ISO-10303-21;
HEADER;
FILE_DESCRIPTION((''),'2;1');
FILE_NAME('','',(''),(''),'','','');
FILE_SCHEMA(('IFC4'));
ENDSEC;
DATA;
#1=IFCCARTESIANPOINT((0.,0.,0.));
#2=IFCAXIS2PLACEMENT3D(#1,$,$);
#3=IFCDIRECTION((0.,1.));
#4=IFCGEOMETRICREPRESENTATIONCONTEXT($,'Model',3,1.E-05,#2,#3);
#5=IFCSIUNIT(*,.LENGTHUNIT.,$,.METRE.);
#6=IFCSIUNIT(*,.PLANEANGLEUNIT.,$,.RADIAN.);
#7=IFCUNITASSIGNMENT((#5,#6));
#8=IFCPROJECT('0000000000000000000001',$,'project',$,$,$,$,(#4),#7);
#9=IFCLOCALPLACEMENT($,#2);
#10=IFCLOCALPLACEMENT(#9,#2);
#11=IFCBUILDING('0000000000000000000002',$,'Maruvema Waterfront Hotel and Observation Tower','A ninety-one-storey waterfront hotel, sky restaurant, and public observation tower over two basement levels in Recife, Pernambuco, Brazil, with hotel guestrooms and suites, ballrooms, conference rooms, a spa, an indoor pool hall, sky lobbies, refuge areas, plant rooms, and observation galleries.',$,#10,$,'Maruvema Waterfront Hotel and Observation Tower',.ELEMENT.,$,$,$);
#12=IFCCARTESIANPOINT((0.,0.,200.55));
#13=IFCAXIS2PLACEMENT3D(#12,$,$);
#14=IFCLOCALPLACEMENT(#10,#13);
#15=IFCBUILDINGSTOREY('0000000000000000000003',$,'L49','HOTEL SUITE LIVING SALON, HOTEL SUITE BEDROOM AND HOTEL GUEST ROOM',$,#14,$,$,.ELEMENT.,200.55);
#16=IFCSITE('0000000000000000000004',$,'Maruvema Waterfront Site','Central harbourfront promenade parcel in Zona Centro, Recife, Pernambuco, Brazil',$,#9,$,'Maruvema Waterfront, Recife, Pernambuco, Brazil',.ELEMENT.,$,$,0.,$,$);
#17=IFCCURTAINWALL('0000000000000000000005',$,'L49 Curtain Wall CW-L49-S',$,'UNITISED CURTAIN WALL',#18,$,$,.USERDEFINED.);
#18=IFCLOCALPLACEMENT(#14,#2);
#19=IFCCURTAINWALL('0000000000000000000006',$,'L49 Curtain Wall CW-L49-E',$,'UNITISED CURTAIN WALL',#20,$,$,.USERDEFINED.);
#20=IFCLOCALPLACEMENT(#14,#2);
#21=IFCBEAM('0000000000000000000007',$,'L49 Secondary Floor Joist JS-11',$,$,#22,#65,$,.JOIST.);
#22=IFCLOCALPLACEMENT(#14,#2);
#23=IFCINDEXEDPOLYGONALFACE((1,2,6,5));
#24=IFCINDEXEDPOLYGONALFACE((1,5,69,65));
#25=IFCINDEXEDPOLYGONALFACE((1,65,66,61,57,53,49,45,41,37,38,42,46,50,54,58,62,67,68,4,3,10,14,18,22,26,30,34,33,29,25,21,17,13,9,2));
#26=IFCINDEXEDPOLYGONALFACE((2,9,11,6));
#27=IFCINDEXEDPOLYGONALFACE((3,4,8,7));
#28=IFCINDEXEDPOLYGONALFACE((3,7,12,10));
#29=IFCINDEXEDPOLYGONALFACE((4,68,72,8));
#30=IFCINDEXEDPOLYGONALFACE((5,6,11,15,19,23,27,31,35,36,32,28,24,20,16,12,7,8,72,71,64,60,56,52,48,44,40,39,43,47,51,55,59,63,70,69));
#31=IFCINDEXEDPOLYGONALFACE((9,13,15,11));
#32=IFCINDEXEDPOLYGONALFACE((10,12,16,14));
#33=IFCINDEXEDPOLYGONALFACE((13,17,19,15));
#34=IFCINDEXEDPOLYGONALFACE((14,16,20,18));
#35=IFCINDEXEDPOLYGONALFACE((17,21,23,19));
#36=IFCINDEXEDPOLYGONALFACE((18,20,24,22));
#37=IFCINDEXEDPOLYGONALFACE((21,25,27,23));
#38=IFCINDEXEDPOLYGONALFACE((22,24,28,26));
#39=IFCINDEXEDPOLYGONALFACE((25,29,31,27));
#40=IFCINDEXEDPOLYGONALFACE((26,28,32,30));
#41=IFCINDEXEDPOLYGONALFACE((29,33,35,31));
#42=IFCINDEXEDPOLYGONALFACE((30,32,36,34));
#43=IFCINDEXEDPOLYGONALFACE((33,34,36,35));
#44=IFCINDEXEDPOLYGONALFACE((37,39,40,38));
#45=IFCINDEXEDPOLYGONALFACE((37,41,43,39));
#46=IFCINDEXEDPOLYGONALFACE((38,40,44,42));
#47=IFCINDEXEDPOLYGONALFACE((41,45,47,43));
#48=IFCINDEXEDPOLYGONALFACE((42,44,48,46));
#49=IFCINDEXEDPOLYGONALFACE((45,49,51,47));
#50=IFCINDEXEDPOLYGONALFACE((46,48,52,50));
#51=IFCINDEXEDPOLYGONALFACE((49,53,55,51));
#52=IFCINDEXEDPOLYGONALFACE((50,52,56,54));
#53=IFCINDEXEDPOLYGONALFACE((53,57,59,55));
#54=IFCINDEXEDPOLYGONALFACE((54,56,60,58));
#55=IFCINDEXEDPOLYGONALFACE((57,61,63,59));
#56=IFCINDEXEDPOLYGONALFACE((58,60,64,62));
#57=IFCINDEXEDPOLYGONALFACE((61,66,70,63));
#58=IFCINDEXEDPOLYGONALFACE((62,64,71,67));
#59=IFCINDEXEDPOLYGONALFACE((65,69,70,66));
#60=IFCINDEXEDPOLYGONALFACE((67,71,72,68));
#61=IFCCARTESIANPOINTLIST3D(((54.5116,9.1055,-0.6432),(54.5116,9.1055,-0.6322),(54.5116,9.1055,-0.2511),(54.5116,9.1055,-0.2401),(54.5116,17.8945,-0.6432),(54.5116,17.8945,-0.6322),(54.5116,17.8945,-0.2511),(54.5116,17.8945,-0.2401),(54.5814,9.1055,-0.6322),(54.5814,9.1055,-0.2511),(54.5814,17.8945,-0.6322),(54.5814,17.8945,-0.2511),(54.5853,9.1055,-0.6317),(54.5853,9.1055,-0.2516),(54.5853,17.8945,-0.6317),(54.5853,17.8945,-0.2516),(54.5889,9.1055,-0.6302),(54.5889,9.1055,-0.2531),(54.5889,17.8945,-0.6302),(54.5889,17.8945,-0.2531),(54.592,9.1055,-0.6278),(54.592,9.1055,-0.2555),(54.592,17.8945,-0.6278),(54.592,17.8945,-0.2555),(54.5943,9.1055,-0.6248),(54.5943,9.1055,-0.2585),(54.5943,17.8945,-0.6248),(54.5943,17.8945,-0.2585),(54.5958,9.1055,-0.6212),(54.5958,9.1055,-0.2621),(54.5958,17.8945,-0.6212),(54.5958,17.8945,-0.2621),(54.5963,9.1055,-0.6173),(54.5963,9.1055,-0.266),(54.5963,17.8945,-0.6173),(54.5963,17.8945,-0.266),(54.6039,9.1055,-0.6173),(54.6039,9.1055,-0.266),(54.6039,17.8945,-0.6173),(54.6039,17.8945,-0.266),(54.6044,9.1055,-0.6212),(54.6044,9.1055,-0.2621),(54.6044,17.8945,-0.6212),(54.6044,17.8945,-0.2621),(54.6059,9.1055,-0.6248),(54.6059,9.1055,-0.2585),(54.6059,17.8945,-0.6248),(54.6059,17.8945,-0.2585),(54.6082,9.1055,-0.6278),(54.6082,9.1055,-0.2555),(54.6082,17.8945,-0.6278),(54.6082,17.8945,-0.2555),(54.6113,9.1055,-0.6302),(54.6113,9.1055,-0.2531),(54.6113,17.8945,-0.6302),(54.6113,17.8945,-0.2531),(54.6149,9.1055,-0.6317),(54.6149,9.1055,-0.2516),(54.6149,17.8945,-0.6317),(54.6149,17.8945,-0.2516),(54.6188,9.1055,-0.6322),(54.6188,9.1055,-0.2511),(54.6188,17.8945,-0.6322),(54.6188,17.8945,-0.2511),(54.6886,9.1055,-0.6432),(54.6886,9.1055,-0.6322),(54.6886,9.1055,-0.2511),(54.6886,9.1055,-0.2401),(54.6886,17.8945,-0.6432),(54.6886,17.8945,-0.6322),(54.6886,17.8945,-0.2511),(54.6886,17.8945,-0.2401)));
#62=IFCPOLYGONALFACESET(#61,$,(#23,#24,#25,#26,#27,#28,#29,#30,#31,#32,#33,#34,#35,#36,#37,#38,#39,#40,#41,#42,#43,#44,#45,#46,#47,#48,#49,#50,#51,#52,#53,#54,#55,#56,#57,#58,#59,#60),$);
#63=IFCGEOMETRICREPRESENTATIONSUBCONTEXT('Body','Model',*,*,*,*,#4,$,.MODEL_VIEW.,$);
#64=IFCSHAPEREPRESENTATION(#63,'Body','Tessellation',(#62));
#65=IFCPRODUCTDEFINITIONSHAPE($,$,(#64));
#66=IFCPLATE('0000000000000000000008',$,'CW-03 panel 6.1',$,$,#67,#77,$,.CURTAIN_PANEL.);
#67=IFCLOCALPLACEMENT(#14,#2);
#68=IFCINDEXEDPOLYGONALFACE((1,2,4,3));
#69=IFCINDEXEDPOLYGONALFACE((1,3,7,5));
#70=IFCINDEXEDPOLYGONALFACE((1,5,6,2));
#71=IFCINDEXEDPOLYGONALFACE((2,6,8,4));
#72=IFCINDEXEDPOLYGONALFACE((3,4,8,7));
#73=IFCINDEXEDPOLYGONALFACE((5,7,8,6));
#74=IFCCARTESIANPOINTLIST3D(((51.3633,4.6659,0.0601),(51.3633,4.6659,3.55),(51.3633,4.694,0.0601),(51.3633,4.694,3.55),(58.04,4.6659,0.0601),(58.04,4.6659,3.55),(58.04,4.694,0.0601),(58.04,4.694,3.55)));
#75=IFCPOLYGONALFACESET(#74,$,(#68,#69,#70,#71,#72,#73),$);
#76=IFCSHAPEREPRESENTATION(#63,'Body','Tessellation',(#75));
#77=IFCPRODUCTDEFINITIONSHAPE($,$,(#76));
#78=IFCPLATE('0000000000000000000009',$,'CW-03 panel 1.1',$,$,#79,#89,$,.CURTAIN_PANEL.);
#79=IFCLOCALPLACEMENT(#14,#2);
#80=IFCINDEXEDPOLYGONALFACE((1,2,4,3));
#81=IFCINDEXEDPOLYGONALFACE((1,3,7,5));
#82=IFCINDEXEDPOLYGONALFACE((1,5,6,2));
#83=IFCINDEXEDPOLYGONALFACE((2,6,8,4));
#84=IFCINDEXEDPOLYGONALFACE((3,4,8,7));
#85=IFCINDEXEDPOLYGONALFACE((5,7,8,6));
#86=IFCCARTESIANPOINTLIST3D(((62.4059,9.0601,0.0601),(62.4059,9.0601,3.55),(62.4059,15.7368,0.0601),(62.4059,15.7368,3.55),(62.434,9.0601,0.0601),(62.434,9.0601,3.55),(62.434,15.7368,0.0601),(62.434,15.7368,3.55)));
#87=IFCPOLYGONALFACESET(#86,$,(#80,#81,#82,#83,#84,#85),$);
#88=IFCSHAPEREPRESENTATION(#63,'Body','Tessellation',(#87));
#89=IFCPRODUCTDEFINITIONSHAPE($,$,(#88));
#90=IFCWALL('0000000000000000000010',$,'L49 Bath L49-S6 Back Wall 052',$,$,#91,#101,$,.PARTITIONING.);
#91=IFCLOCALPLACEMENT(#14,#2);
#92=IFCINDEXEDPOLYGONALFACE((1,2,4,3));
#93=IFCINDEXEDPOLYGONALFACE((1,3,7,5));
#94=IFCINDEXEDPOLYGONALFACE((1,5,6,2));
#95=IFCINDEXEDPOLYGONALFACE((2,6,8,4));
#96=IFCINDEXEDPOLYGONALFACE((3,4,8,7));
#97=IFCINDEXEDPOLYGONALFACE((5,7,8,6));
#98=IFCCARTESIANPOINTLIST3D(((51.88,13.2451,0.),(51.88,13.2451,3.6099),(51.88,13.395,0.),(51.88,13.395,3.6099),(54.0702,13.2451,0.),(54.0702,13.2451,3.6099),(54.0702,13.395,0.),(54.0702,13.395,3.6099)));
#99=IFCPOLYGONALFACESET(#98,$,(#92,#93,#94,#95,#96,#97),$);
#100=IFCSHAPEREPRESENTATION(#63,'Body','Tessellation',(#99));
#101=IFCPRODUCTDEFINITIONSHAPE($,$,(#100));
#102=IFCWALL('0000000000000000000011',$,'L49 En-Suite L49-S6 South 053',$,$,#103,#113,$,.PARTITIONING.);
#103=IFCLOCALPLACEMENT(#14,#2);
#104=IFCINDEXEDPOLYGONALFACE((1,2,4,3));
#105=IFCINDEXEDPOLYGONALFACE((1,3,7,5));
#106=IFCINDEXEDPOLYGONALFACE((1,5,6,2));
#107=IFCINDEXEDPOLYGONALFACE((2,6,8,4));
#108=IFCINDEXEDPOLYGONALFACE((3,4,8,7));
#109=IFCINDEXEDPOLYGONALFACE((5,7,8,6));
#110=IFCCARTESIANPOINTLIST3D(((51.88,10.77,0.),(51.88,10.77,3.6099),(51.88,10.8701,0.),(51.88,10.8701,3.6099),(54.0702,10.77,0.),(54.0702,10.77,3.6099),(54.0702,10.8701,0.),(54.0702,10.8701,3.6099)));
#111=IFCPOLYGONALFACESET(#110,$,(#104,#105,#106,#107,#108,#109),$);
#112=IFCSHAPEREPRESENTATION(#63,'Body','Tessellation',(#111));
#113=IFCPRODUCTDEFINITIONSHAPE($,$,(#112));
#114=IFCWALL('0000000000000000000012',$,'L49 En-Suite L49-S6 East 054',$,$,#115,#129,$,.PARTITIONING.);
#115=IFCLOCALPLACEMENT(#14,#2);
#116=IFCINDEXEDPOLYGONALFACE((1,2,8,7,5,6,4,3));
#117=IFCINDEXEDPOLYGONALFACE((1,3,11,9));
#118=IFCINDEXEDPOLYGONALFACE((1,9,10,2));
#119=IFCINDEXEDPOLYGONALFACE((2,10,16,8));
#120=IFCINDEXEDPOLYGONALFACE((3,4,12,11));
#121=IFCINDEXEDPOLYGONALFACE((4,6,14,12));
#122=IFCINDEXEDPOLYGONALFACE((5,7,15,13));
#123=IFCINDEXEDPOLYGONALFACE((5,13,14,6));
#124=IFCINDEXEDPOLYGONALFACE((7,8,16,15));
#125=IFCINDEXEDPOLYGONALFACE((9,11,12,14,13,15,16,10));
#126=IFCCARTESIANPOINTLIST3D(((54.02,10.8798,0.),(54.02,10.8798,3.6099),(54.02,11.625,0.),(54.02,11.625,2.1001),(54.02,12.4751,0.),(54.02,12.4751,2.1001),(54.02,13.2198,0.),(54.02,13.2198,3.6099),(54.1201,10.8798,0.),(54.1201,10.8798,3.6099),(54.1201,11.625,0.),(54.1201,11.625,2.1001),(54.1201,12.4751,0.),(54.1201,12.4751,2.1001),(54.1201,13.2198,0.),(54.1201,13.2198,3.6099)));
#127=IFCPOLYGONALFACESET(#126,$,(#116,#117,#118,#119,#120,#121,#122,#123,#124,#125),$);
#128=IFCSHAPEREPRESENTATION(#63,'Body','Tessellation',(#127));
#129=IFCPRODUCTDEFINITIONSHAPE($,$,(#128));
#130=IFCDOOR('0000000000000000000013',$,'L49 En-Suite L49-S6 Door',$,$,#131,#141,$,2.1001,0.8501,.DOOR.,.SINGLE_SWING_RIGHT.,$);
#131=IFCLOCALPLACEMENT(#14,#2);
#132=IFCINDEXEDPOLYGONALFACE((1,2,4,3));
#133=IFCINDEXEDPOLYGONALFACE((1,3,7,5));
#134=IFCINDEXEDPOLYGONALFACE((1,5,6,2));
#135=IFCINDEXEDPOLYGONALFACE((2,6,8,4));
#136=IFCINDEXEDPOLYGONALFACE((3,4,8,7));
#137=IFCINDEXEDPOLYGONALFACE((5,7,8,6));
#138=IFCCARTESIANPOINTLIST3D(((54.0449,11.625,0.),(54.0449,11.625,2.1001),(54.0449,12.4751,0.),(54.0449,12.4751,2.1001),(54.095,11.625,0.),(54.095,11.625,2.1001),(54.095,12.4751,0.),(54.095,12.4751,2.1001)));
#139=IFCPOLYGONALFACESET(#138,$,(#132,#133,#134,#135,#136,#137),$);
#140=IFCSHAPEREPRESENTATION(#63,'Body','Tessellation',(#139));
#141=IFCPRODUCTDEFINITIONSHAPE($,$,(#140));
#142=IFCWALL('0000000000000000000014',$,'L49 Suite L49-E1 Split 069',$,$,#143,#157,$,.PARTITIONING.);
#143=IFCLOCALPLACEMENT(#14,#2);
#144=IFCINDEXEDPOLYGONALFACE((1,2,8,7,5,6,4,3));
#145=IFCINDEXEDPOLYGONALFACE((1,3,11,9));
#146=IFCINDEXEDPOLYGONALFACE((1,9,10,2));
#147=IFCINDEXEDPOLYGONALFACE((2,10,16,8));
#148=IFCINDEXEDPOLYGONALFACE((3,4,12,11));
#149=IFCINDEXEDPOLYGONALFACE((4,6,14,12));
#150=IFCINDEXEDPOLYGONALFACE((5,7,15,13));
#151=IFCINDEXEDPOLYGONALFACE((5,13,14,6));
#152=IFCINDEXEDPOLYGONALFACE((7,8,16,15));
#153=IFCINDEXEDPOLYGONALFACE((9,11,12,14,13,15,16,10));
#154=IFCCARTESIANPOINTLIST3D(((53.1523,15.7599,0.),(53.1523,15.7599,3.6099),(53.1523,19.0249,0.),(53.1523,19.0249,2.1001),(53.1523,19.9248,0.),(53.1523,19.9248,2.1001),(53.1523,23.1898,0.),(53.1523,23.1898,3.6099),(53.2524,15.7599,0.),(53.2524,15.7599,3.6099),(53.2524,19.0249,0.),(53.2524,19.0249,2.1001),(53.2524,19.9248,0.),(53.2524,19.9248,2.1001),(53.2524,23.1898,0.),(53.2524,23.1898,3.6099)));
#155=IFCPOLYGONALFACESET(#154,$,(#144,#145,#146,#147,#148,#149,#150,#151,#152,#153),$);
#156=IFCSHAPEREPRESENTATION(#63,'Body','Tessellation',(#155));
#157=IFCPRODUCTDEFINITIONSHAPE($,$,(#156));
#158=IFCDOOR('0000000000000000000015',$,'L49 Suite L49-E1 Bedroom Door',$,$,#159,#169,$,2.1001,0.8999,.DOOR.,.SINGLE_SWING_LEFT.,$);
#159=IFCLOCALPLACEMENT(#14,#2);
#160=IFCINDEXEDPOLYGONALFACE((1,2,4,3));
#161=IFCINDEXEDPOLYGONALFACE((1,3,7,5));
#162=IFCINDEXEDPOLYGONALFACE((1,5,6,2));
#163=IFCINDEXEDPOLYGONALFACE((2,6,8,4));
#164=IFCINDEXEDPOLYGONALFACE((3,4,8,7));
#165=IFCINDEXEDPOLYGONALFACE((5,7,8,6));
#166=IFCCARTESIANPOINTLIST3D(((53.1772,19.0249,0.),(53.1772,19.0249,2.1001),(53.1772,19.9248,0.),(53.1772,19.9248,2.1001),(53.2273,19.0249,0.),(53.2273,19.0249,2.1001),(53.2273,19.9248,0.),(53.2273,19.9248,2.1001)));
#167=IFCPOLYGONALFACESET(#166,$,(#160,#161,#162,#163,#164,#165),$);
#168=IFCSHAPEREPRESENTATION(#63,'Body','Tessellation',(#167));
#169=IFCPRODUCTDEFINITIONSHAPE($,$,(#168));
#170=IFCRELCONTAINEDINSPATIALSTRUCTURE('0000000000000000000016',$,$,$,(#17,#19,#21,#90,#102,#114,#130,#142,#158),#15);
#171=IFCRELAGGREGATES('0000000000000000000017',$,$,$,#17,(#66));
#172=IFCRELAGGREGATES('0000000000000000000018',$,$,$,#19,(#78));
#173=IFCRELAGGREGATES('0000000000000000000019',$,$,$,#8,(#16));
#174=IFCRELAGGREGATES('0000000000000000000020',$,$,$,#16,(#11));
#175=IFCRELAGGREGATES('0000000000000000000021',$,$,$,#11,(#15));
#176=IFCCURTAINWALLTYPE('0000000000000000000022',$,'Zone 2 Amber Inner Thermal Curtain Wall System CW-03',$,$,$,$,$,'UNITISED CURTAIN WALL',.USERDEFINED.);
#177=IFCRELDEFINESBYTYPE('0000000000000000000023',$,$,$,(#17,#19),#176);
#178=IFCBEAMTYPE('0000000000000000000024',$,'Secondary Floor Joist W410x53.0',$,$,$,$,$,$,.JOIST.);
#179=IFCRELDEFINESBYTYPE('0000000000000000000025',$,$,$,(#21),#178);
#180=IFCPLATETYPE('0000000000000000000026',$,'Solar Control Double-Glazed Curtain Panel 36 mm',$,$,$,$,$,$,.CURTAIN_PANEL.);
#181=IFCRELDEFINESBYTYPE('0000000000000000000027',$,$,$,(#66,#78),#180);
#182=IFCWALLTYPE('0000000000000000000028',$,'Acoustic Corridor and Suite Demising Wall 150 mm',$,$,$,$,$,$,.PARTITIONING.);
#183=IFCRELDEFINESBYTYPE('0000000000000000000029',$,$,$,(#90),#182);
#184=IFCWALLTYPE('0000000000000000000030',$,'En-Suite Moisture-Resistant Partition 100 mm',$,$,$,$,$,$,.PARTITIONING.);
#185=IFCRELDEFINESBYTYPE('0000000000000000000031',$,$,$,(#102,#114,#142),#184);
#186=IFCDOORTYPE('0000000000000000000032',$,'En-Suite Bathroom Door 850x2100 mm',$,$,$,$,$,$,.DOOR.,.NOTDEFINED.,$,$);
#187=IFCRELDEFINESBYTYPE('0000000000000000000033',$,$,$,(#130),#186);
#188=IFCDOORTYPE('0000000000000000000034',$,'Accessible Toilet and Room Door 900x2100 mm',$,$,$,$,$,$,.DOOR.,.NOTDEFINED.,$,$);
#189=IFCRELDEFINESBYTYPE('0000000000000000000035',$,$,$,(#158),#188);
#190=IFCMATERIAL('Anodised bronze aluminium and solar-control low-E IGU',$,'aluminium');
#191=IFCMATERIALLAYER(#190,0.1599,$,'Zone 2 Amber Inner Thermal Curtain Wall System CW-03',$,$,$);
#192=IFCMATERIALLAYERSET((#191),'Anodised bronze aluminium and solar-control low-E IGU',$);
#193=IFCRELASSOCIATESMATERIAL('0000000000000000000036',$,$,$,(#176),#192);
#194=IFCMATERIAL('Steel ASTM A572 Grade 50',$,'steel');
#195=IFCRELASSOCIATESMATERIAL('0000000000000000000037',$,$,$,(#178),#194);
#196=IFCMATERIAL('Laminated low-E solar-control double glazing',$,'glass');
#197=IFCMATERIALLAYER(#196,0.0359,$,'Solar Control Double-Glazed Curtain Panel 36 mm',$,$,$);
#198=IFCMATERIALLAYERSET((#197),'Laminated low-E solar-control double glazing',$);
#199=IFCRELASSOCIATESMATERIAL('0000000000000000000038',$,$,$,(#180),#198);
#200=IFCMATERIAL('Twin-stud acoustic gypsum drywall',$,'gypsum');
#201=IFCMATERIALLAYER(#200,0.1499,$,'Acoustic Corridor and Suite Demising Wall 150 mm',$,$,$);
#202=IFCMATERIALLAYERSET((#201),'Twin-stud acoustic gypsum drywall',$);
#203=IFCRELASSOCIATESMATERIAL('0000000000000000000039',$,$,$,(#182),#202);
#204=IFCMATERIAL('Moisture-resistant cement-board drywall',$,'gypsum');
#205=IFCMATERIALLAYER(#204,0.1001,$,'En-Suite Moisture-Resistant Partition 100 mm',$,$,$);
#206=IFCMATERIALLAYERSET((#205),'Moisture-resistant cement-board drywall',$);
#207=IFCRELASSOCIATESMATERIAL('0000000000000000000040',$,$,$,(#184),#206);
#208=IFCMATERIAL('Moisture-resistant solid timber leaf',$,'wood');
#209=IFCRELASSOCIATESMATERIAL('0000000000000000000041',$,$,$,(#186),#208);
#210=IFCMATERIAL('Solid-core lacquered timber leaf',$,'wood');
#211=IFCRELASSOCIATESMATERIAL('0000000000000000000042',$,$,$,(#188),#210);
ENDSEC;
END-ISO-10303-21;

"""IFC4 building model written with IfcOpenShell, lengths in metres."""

from ifc_helpers import new_model, si_unit, direction, frame, frame_2d, origin, origin_2d, place, context, subcontext, project, spatial, rectangle, i_section, extrude, material, layer, layer_set, material_profile, profile_set, type_object, element, fill, aggregate, save


model = new_model("IFC4")

# Units and contexts
model_context = context("Model", 3, precision=1e-05, world=origin(), true_north=direction((0.0, 1.0)))
body_context = subcontext(model_context, "Body", "Model", "MODEL_VIEW")
ifc_project = project(units=[si_unit("LENGTHUNIT", "METRE"), si_unit("PLANEANGLEUNIT", "RADIAN")], contexts=[model_context])

# Site, building, storey
site_placement = place(None, origin())
site = spatial("IfcSite", under=ifc_project, at=site_placement, Name="Maruvema Waterfront Site", Description="Central harbourfront promenade parcel in Zona Centro, Recife, Pernambuco, Brazil", LongName="Maruvema Waterfront, Recife, Pernambuco, Brazil", CompositionType="ELEMENT", RefElevation=0.0)
building_placement = place(site_placement, origin())
building = spatial("IfcBuilding", under=site, at=building_placement, Name="Maruvema Waterfront Hotel and Observation Tower", Description="A ninety-one-storey waterfront hotel, sky restaurant, and public observation tower over two basement levels in Recife, Pernambuco, Brazil, with hotel guestrooms and suites, ballrooms, conference rooms, a spa, an indoor pool hall, sky lobbies, refuge areas, plant rooms, and observation galleries.", LongName="Maruvema Waterfront Hotel and Observation Tower", CompositionType="ELEMENT")
storey_placement = place(building_placement, frame((0.0, 0.0, 200.55)))
storey = spatial("IfcBuildingStorey", under=building, at=storey_placement, Name="L49", Description="HOTEL SUITE LIVING SALON, HOTEL SUITE BEDROOM AND HOTEL GUEST ROOM", CompositionType="ELEMENT", Elevation=200.55)

# Curtain walls
ifc_material_1 = material(Name="Anodised bronze aluminium and solar-control low-E IGU", Category="aluminium")
ifc_layer_1 = layer(ifc_material_1, 0.1599, Name="Zone 2 Amber Inner Thermal Curtain Wall System CW-03")
ifc_layer_set_1 = layer_set([ifc_layer_1], Name="Anodised bronze aluminium and solar-control low-E IGU")
curtain_wall_type = type_object("IfcCurtainWallType", Name="Zone 2 Amber Inner Thermal Curtain Wall System CW-03", ElementType="UNITISED CURTAIN WALL", PredefinedType="USERDEFINED", material=ifc_layer_set_1)
curtain_wall_1_placement = place(storey_placement, origin())
curtain_wall_1 = element("IfcCurtainWall", 1, at=curtain_wall_1_placement, inside=storey, type_object=curtain_wall_type, Name="L49 Curtain Wall CW-L49-S", ObjectType="UNITISED CURTAIN WALL", PredefinedType="USERDEFINED")
curtain_wall_2_placement = place(storey_placement, origin())
curtain_wall_2 = element("IfcCurtainWall", 2, at=curtain_wall_2_placement, inside=storey, type_object=curtain_wall_type, Name="L49 Curtain Wall CW-L49-E", ObjectType="UNITISED CURTAIN WALL", PredefinedType="USERDEFINED")

# Beam
ifc_material_2 = material(Name="Steel ASTM A572 Grade 50", Category="steel")
ifc_material_profile_1 = material_profile(ifc_material_2, i_section(OverallWidth=0.177, OverallDepth=0.4031, WebThickness=0.0076, FlangeThickness=0.011, FilletRadius=0.0149, at=origin_2d()), Name="W410x53.0")
ifc_profile_set_1 = profile_set([ifc_material_profile_1], Name="Steel ASTM A572 Grade 50")
beam_type_1 = type_object("IfcBeamType", Name="Secondary Floor Joist W410x53.0", PredefinedType="JOIST", material=ifc_profile_set_1)
beam_1_placement = place(storey_placement, frame((54.6001, 9.1055, -0.4417), z_axis=(0.0, 1.0, 0.0), x_axis=(-1.0, 0.0, 0.0)))
element("IfcBeam", 3, at=beam_1_placement, inside=storey, type_object=beam_type_1, Name="L49 Secondary Floor Joist JS-11", PredefinedType="JOIST", context=body_context, shape_type="SweptSolid", body=[
    extrude(i_section(OverallWidth=0.177, OverallDepth=0.4031, WebThickness=0.0076, FlangeThickness=0.011, FilletRadius=0.0149, at=origin_2d()), origin(), (0.0, 0.0, 1.0), 8.7891),
])

# Plates
ifc_material_3 = material(Name="Laminated low-E solar-control double glazing", Category="glass")
ifc_layer_2 = layer(ifc_material_3, 0.0359, Name="Solar Control Double-Glazed Curtain Panel 36 mm")
ifc_layer_set_2 = layer_set([ifc_layer_2], Name="Laminated low-E solar-control double glazing")
plate_type = type_object("IfcPlateType", Name="Solar Control Double-Glazed Curtain Panel 36 mm", PredefinedType="CURTAIN_PANEL", material=ifc_layer_set_2)
plate_1_placement = place(storey_placement, frame((54.7017, 4.6799, 0.0601), z_axis=(0.0, 0.0, 1.0), x_axis=(1.0, 0.0, 0.0)))
plate_1 = element("IfcPlate", 4, at=plate_1_placement, type_object=plate_type, Name="CW-03 panel 6.1", PredefinedType="CURTAIN_PANEL", context=body_context, shape_type="SweptSolid", body=[
    extrude(rectangle(XDim=6.6768, YDim=0.0281, at=origin_2d()), origin(), (0.0, 0.0, 1.0), 3.49),
])
aggregate(curtain_wall_1, [plate_1])
plate_2_placement = place(storey_placement, frame((62.4199, 12.3984, 0.0601), z_axis=(0.0, 0.0, 1.0), x_axis=(0.0, 1.0, 0.0)))
plate_2 = element("IfcPlate", 5, at=plate_2_placement, type_object=plate_type, Name="CW-03 panel 1.1", PredefinedType="CURTAIN_PANEL", context=body_context, shape_type="SweptSolid", body=[
    extrude(rectangle(XDim=6.6768, YDim=0.0281, at=origin_2d()), origin(), (0.0, 0.0, 1.0), 3.49),
])
aggregate(curtain_wall_2, [plate_2])

# Wall
ifc_material_4 = material(Name="Twin-stud acoustic gypsum drywall", Category="gypsum")
ifc_layer_3 = layer(ifc_material_4, 0.1499, Name="Acoustic Corridor and Suite Demising Wall 150 mm")
ifc_layer_set_3 = layer_set([ifc_layer_3], Name="Twin-stud acoustic gypsum drywall")
wall_type_1 = type_object("IfcWallType", Name="Acoustic Corridor and Suite Demising Wall 150 mm", PredefinedType="PARTITIONING", material=ifc_layer_set_3)
wall_1_placement = place(storey_placement, frame((51.8799, 13.3201, 0.0), z_axis=(0.0, 0.0, 1.0), x_axis=(1.0, 0.0, 0.0)))
element("IfcWall", 6, at=wall_1_placement, inside=storey, type_object=wall_type_1, Name="L49 Bath L49-S6 Back Wall 052", PredefinedType="PARTITIONING", context=body_context, shape_type="SweptSolid", body=[
    extrude(rectangle(XDim=2.1902, YDim=0.1499, at=frame_2d((1.0952, 0.0))), origin(), (0.0, 0.0, 1.0), 3.6099),
])

# Wall
ifc_material_5 = material(Name="Moisture-resistant cement-board drywall", Category="gypsum")
ifc_layer_4 = layer(ifc_material_5, 0.1001, Name="En-Suite Moisture-Resistant Partition 100 mm")
ifc_layer_set_4 = layer_set([ifc_layer_4], Name="Moisture-resistant cement-board drywall")
wall_type_2 = type_object("IfcWallType", Name="En-Suite Moisture-Resistant Partition 100 mm", PredefinedType="PARTITIONING", material=ifc_layer_set_4)
wall_2_placement = place(storey_placement, frame((51.8799, 10.8201, 0.0), z_axis=(0.0, 0.0, 1.0), x_axis=(1.0, 0.0, 0.0)))
element("IfcWall", 7, at=wall_2_placement, inside=storey, type_object=wall_type_2, Name="L49 En-Suite L49-S6 South 053", PredefinedType="PARTITIONING", context=body_context, shape_type="SweptSolid", body=[
    extrude(rectangle(XDim=2.1902, YDim=0.1001, at=frame_2d((1.0952, 0.0))), origin(), (0.0, 0.0, 1.0), 3.6099),
])

# Walls, openings, doors
wall_3_placement = place(storey_placement, frame((54.0701, 10.8799, 0.0), z_axis=(0.0, 0.0, 1.0), x_axis=(0.0, 1.0, 0.0)))
wall_3 = element("IfcWall", 8, at=wall_3_placement, inside=storey, type_object=wall_type_2, Name="L49 En-Suite L49-S6 East 054", PredefinedType="PARTITIONING", context=body_context, shape_type="SweptSolid", body=[
    extrude(rectangle(XDim=2.3401, YDim=0.1001, at=frame_2d((1.1699, 0.0))), origin(), (0.0, 0.0, 1.0), 3.6099),
])
opening_1_placement = place(wall_3_placement, frame((0.7451, 0.0, 0.0)))
opening_1 = element("IfcOpeningElement", 9, at=opening_1_placement, cuts=wall_3, PredefinedType="OPENING", context=body_context, shape_type="SweptSolid", body=[
    extrude(rectangle(XDim=0.8501, YDim=2.1001, at=frame_2d((0.425, 1.05))), frame((0.0, 0.0601, 0.0), z_axis=(0.0, -1.0, 0.0), x_axis=(1.0, 0.0, 0.0)), (0.0, 0.0, 1.0), 0.1201),
])
ifc_material_6 = material(Name="Moisture-resistant solid timber leaf", Category="wood")
door_type_1 = type_object("IfcDoorType", Name="En-Suite Bathroom Door 850x2100 mm", OperationType="NOTDEFINED", PredefinedType="DOOR", material=ifc_material_6)
door_1_placement = place(opening_1_placement, frame((0.8501, 0.0, 0.0), z_axis=(0.0, 0.0, 1.0), x_axis=(-1.0, 0.0, 0.0)))
door_1 = element("IfcDoor", 10, at=door_1_placement, inside=storey, type_object=door_type_1, Name="L49 En-Suite L49-S6 Door", OperationType="SINGLE_SWING_RIGHT", OverallHeight=2.1001, OverallWidth=0.8501, PredefinedType="DOOR", context=body_context, shape_type="SweptSolid", body=[
    extrude(rectangle(XDim=0.8501, YDim=2.1001, at=frame_2d((0.425, 1.05))), frame((0.0, 0.0249, 0.0), z_axis=(0.0, -1.0, 0.0), x_axis=(1.0, 0.0, 0.0)), (0.0, 0.0, 1.0), 0.05),
])
fill(opening_1, door_1)
wall_4_placement = place(storey_placement, frame((53.2024, 15.76, 0.0), z_axis=(0.0, 0.0, 1.0), x_axis=(0.0, 1.0, 0.0)))
wall_4 = element("IfcWall", 11, at=wall_4_placement, inside=storey, type_object=wall_type_2, Name="L49 Suite L49-E1 Split 069", PredefinedType="PARTITIONING", context=body_context, shape_type="SweptSolid", body=[
    extrude(rectangle(XDim=7.4299, YDim=0.1001, at=frame_2d((3.7148, 0.0))), origin(), (0.0, 0.0, 1.0), 3.6099),
])
opening_2_placement = place(wall_4_placement, frame((3.2649, 0.0, 0.0)))
opening_2 = element("IfcOpeningElement", 12, at=opening_2_placement, cuts=wall_4, PredefinedType="OPENING", context=body_context, shape_type="SweptSolid", body=[
    extrude(rectangle(XDim=0.8999, YDim=2.1001, at=frame_2d((0.45, 1.05))), frame((0.0, 0.0601, 0.0), z_axis=(0.0, -1.0, 0.0), x_axis=(1.0, 0.0, 0.0)), (0.0, 0.0, 1.0), 0.1201),
])
ifc_material_7 = material(Name="Solid-core lacquered timber leaf", Category="wood")
door_type_2 = type_object("IfcDoorType", Name="Accessible Toilet and Room Door 900x2100 mm", OperationType="NOTDEFINED", PredefinedType="DOOR", material=ifc_material_7)
door_2_placement = place(opening_2_placement, frame((0.8999, 0.0, 0.0), z_axis=(0.0, 0.0, 1.0), x_axis=(-1.0, 0.0, 0.0)))
door_2 = element("IfcDoor", 13, at=door_2_placement, inside=storey, type_object=door_type_2, Name="L49 Suite L49-E1 Bedroom Door", OperationType="SINGLE_SWING_LEFT", OverallHeight=2.1001, OverallWidth=0.8999, PredefinedType="DOOR", context=body_context, shape_type="SweptSolid", body=[
    extrude(rectangle(XDim=0.8999, YDim=2.1001, at=frame_2d((0.45, 1.05))), frame((0.0, 0.0249, 0.0), z_axis=(0.0, -1.0, 0.0), x_axis=(1.0, 0.0, 0.0)), (0.0, 0.0, 1.0), 0.05),
])
fill(opening_2, door_2)

save(model, "model.ifc")
